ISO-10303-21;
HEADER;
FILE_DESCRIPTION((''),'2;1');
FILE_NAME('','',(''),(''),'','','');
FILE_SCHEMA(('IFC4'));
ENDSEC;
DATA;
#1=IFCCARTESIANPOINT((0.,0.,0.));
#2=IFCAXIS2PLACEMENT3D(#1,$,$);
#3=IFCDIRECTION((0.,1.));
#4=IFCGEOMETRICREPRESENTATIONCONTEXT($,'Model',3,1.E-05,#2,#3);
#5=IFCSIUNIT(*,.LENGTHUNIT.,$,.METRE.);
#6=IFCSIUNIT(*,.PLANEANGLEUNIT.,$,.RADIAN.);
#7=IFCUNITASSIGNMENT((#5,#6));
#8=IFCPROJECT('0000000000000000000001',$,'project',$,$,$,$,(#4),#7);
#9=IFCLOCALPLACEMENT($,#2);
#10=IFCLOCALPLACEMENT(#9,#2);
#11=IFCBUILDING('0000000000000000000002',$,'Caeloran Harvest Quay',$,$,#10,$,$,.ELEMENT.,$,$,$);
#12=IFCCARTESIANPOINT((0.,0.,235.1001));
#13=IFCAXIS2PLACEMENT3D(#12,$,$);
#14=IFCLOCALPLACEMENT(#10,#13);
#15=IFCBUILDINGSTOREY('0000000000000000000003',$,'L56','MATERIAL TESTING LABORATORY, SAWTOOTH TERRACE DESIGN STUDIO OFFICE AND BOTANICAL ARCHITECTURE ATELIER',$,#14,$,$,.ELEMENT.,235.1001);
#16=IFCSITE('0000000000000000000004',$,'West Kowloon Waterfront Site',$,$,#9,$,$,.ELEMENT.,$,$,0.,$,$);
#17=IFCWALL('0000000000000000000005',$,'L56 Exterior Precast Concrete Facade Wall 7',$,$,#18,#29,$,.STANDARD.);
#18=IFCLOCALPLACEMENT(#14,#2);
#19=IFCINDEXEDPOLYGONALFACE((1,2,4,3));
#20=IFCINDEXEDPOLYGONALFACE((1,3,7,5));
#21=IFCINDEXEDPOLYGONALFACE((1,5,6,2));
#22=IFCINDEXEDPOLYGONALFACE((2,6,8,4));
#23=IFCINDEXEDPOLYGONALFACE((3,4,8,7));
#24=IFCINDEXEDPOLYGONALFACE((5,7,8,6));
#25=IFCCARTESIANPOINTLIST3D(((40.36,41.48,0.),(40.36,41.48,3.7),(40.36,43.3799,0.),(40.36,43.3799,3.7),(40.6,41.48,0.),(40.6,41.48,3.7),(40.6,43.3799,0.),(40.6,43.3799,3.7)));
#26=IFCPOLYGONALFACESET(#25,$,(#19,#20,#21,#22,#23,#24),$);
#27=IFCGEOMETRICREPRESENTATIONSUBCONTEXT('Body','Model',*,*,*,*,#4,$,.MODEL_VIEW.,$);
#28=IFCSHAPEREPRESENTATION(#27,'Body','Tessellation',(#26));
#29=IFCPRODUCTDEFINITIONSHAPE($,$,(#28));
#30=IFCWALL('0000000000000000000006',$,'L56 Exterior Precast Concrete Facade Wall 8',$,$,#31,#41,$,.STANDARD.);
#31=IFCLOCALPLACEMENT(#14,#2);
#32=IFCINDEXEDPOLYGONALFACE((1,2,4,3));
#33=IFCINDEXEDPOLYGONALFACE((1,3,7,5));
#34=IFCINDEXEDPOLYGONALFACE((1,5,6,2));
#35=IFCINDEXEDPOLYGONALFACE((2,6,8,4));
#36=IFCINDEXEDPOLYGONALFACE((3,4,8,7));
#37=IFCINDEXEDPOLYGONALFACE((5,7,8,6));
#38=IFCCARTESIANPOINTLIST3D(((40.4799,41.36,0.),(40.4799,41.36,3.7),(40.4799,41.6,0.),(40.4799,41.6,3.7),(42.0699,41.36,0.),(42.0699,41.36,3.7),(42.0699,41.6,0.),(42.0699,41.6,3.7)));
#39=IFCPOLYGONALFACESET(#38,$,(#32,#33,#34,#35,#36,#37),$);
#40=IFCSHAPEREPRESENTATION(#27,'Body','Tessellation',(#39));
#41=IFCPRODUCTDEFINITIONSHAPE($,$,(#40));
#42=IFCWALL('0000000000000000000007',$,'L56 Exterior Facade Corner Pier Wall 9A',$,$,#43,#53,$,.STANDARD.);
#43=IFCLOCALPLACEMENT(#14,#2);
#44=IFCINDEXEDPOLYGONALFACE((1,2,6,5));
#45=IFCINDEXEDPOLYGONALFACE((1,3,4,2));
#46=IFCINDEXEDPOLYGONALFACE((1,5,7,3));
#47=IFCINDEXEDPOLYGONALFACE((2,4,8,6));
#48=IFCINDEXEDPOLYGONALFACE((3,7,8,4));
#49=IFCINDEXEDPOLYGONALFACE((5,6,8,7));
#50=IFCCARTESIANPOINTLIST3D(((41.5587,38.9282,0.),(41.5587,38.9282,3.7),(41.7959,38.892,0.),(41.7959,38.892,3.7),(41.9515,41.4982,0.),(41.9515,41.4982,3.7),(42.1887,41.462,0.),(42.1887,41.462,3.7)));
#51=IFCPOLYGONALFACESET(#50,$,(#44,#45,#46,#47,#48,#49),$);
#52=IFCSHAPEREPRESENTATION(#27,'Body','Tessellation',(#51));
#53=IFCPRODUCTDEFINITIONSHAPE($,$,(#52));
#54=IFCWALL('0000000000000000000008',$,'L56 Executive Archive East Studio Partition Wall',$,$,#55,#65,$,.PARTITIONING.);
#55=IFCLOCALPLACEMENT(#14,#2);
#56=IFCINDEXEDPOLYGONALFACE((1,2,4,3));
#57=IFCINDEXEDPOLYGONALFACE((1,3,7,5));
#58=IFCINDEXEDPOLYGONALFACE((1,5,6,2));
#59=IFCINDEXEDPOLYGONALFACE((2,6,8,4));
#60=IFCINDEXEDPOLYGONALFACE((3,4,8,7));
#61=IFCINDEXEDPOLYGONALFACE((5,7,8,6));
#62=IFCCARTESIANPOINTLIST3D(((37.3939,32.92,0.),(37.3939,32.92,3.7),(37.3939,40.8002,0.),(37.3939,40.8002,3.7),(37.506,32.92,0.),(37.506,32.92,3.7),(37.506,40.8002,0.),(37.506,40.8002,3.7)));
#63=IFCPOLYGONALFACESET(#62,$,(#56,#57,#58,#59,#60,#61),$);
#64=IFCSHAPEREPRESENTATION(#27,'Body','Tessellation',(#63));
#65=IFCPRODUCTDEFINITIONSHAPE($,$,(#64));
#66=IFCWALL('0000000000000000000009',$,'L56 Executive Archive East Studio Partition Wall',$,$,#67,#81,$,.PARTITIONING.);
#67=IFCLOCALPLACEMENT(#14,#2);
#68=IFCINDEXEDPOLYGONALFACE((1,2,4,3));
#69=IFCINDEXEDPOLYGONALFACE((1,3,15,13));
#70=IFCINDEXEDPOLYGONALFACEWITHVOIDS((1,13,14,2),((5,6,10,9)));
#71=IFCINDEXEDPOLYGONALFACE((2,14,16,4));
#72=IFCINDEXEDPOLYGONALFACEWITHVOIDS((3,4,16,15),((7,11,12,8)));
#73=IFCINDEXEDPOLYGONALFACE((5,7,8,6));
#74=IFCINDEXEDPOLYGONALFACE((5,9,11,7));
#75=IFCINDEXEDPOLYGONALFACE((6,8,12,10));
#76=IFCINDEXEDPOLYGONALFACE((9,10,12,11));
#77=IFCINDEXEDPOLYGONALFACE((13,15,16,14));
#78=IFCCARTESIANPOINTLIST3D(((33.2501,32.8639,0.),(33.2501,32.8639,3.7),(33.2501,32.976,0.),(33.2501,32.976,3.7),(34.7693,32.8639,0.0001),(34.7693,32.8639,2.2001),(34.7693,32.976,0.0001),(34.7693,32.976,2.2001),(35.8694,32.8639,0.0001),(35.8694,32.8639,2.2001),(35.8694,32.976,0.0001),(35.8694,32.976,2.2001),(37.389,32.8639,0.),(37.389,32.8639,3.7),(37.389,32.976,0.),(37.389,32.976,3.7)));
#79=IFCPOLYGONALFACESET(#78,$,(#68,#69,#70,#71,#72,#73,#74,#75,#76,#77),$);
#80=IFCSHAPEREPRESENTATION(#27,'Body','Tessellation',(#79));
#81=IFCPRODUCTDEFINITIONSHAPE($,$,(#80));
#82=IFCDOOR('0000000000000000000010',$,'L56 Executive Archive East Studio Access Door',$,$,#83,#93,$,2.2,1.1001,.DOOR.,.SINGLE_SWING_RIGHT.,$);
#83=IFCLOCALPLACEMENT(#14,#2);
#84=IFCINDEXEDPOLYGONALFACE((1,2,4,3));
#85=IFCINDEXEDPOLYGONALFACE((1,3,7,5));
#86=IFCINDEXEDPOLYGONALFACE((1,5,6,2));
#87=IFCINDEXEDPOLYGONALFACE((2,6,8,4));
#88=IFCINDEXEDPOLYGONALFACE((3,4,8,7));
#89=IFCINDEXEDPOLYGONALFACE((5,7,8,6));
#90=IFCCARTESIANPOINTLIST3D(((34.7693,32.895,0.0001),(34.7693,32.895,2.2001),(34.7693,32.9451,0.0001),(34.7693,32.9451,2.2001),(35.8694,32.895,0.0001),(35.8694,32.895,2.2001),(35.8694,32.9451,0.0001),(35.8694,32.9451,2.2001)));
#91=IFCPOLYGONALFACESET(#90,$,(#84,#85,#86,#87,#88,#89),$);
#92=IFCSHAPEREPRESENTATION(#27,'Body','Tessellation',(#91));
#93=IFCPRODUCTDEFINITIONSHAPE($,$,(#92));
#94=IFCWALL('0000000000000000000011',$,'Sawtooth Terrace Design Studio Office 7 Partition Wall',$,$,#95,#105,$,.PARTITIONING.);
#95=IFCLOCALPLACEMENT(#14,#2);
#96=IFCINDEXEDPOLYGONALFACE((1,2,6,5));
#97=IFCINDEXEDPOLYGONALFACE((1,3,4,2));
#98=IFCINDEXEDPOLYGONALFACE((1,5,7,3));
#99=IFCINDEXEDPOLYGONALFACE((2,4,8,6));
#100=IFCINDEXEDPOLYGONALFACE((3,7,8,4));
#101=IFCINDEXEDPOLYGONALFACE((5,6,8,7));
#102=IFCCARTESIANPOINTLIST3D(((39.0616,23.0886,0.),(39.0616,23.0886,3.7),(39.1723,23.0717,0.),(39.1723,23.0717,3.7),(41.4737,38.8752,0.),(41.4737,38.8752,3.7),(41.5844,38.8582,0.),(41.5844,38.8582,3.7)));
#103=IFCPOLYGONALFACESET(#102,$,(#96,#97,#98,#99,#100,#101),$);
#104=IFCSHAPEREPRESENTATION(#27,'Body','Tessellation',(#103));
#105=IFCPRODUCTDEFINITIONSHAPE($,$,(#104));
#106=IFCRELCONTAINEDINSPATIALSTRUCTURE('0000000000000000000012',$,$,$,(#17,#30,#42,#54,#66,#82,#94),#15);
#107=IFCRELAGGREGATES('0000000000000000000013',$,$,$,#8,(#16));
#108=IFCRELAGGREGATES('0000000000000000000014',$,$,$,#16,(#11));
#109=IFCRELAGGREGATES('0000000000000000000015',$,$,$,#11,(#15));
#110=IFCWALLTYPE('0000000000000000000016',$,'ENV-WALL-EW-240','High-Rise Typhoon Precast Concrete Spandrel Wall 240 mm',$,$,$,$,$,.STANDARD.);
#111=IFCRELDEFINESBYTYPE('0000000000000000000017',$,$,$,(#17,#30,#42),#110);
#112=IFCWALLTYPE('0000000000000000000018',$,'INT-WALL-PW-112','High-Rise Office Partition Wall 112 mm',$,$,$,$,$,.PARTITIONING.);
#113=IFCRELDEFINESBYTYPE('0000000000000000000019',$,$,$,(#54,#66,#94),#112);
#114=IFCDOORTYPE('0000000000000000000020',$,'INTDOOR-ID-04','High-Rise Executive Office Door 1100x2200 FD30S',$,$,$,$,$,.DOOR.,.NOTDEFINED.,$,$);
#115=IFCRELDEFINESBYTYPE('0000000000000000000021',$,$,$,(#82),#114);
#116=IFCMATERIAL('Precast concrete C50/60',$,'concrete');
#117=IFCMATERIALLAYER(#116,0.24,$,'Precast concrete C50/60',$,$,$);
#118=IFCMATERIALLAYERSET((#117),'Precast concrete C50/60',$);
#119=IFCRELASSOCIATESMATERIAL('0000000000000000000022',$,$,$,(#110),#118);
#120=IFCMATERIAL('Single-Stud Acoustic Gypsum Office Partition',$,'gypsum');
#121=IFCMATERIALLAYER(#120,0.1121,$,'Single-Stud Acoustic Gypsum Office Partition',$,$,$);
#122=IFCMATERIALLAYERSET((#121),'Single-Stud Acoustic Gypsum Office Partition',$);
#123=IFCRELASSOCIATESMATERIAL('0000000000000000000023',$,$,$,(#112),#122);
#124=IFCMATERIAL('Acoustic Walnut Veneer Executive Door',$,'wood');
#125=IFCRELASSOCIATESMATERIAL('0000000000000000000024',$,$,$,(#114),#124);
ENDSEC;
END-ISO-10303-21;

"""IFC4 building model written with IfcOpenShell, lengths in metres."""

from ifc_helpers import new_model, si_unit, direction, frame, frame_2d, origin, place, context, subcontext, project, spatial, rectangle, extrude, material, layer, layer_set, type_object, element, fill, save


model = new_model("IFC4")

# Units and contexts
model_context = context("Model", 3, precision=1e-05, world=origin(), true_north=direction((0.0, 1.0)))
body_context = subcontext(model_context, "Body", "Model", "MODEL_VIEW")
ifc_project = project(units=[si_unit("LENGTHUNIT", "METRE"), si_unit("PLANEANGLEUNIT", "RADIAN")], contexts=[model_context])

# Site, building, storey
site_placement = place(None, origin())
site = spatial("IfcSite", under=ifc_project, at=site_placement, Name="West Kowloon Waterfront Site", CompositionType="ELEMENT", RefElevation=0.0)
building_placement = place(site_placement, origin())
building = spatial("IfcBuilding", under=site, at=building_placement, Name="Caeloran Harvest Quay", CompositionType="ELEMENT")
storey_placement = place(building_placement, frame((0.0, 0.0, 235.1001)))
storey = spatial("IfcBuildingStorey", under=building, at=storey_placement, Name="L56", Description="MATERIAL TESTING LABORATORY, SAWTOOTH TERRACE DESIGN STUDIO OFFICE AND BOTANICAL ARCHITECTURE ATELIER", CompositionType="ELEMENT", Elevation=235.1001)

# Walls
ifc_material_1 = material(Name="Precast concrete C50/60", Category="concrete")
ifc_layer_1 = layer(ifc_material_1, 0.24, Name="Precast concrete C50/60")
ifc_layer_set_1 = layer_set([ifc_layer_1], Name="Precast concrete C50/60")
wall_type_1 = type_object("IfcWallType", Name="ENV-WALL-EW-240", Description="High-Rise Typhoon Precast Concrete Spandrel Wall 240 mm", PredefinedType="STANDARD", material=ifc_layer_set_1)
wall_1_placement = place(storey_placement, frame((40.48, 43.3799, 0.0), z_axis=(0.0, 0.0, 1.0), x_axis=(0.0, -1.0, 0.0)))
element("IfcWall", 1, at=wall_1_placement, inside=storey, type_object=wall_type_1, Name="L56 Exterior Precast Concrete Facade Wall 7", PredefinedType="STANDARD", context=body_context, shape_type="SweptSolid", body=[
    extrude(rectangle(XDim=1.8999, YDim=0.24, at=frame_2d((0.95, 0.0))), origin(), (0.0, 0.0, 1.0), 3.7),
])
wall_2_placement = place(storey_placement, frame((40.48, 41.48, 0.0), z_axis=(0.0, 0.0, 1.0), x_axis=(1.0, 0.0, 0.0)))
element("IfcWall", 2, at=wall_2_placement, inside=storey, type_object=wall_type_1, Name="L56 Exterior Precast Concrete Facade Wall 8", PredefinedType="STANDARD", context=body_context, shape_type="SweptSolid", body=[
    extrude(rectangle(XDim=1.5901, YDim=0.24, at=frame_2d((0.7949, 0.0))), origin(), (0.0, 0.0, 1.0), 3.7),
])
wall_3_placement = place(storey_placement, frame((42.0701, 41.48, 0.0), z_axis=(0.0, 0.0, 1.0), x_axis=(-0.15109, -0.98852, 0.0)))
element("IfcWall", 3, at=wall_3_placement, inside=storey, type_object=wall_type_1, Name="L56 Exterior Facade Corner Pier Wall 9A", PredefinedType="STANDARD", context=body_context, shape_type="SweptSolid", body=[
    extrude(rectangle(XDim=2.5999, YDim=0.24, at=frame_2d((1.2998, 0.0))), origin(), (0.0, 0.0, 1.0), 3.7),
])
ifc_material_2 = material(Name="Single-Stud Acoustic Gypsum Office Partition", Category="gypsum")
ifc_layer_2 = layer(ifc_material_2, 0.1121, Name="Single-Stud Acoustic Gypsum Office Partition")
ifc_layer_set_2 = layer_set([ifc_layer_2], Name="Single-Stud Acoustic Gypsum Office Partition")
wall_type_2 = type_object("IfcWallType", Name="INT-WALL-PW-112", Description="High-Rise Office Partition Wall 112 mm", PredefinedType="PARTITIONING", material=ifc_layer_set_2)
wall_4_placement = place(storey_placement, frame((37.45, 40.8, 0.0), z_axis=(0.0, 0.0, 1.0), x_axis=(0.0, -1.0, 0.0)))
element("IfcWall", 4, at=wall_4_placement, inside=storey, type_object=wall_type_2, Name="L56 Executive Archive East Studio Partition Wall", PredefinedType="PARTITIONING", context=body_context, shape_type="SweptSolid", body=[
    extrude(rectangle(XDim=7.8801, YDim=0.1121, at=frame_2d((3.9399, 0.0))), origin(), (0.0, 0.0, 1.0), 3.7),
])

# Wall, opening, door
wall_5_placement = place(storey_placement, frame((37.3889, 32.9199, 0.0), z_axis=(0.0, 0.0, 1.0), x_axis=(-1.0, 0.0, 0.0)))
wall_5 = element("IfcWall", 5, at=wall_5_placement, inside=storey, type_object=wall_type_2, Name="L56 Executive Archive East Studio Partition Wall", PredefinedType="PARTITIONING", context=body_context, shape_type="SweptSolid", body=[
    extrude(rectangle(XDim=4.1389, YDim=0.1121, at=frame_2d((2.0693, 0.0))), origin(), (0.0, 0.0, 1.0), 3.7),
])
opening_placement = place(wall_5_placement, frame((1.5195, 0.0, 0.0)))
opening = element("IfcOpeningElement", 6, at=opening_placement, cuts=wall_5, PredefinedType="OPENING", context=body_context, shape_type="SweptSolid", body=[
    extrude(rectangle(XDim=1.1001, YDim=2.2, at=frame_2d((0.55, 1.1001))), frame((0.0, 0.0659, 0.0), z_axis=(0.0, -1.0, 0.0), x_axis=(1.0, 0.0, 0.0)), (0.0, 0.0, 1.0), 0.1321),
])
ifc_material_3 = material(Name="Acoustic Walnut Veneer Executive Door", Category="wood")
door_type = type_object("IfcDoorType", Name="INTDOOR-ID-04", Description="High-Rise Executive Office Door 1100x2200 FD30S", OperationType="NOTDEFINED", PredefinedType="DOOR", material=ifc_material_3)
door_placement = place(opening_placement, origin())
door = element("IfcDoor", 7, at=door_placement, inside=storey, type_object=door_type, Name="L56 Executive Archive East Studio Access Door", OperationType="SINGLE_SWING_RIGHT", OverallHeight=2.2, OverallWidth=1.1001, PredefinedType="DOOR", context=body_context, shape_type="SweptSolid", body=[
    extrude(rectangle(XDim=1.1001, YDim=2.2, at=frame_2d((0.55, 1.1001))), frame((0.0, 0.0249, 0.0), z_axis=(0.0, -1.0, 0.0), x_axis=(1.0, 0.0, 0.0)), (0.0, 0.0, 1.0), 0.05),
])
fill(opening, door)

# Wall
wall_6_placement = place(storey_placement, frame((41.5291, 38.8667, 0.0), z_axis=(0.0, 0.0, 1.0), x_axis=(-0.151042, -0.988527, 0.0)))
element("IfcWall", 8, at=wall_6_placement, inside=storey, type_object=wall_type_2, Name="Sawtooth Terrace Design Studio Office 7 Partition Wall", PredefinedType="PARTITIONING", context=body_context, shape_type="SweptSolid", body=[
    extrude(rectangle(XDim=15.9697, YDim=0.1121, at=frame_2d((7.9849, 0.0))), origin(), (0.0, 0.0, 1.0), 3.7),
])

save(model, "model.ifc")
